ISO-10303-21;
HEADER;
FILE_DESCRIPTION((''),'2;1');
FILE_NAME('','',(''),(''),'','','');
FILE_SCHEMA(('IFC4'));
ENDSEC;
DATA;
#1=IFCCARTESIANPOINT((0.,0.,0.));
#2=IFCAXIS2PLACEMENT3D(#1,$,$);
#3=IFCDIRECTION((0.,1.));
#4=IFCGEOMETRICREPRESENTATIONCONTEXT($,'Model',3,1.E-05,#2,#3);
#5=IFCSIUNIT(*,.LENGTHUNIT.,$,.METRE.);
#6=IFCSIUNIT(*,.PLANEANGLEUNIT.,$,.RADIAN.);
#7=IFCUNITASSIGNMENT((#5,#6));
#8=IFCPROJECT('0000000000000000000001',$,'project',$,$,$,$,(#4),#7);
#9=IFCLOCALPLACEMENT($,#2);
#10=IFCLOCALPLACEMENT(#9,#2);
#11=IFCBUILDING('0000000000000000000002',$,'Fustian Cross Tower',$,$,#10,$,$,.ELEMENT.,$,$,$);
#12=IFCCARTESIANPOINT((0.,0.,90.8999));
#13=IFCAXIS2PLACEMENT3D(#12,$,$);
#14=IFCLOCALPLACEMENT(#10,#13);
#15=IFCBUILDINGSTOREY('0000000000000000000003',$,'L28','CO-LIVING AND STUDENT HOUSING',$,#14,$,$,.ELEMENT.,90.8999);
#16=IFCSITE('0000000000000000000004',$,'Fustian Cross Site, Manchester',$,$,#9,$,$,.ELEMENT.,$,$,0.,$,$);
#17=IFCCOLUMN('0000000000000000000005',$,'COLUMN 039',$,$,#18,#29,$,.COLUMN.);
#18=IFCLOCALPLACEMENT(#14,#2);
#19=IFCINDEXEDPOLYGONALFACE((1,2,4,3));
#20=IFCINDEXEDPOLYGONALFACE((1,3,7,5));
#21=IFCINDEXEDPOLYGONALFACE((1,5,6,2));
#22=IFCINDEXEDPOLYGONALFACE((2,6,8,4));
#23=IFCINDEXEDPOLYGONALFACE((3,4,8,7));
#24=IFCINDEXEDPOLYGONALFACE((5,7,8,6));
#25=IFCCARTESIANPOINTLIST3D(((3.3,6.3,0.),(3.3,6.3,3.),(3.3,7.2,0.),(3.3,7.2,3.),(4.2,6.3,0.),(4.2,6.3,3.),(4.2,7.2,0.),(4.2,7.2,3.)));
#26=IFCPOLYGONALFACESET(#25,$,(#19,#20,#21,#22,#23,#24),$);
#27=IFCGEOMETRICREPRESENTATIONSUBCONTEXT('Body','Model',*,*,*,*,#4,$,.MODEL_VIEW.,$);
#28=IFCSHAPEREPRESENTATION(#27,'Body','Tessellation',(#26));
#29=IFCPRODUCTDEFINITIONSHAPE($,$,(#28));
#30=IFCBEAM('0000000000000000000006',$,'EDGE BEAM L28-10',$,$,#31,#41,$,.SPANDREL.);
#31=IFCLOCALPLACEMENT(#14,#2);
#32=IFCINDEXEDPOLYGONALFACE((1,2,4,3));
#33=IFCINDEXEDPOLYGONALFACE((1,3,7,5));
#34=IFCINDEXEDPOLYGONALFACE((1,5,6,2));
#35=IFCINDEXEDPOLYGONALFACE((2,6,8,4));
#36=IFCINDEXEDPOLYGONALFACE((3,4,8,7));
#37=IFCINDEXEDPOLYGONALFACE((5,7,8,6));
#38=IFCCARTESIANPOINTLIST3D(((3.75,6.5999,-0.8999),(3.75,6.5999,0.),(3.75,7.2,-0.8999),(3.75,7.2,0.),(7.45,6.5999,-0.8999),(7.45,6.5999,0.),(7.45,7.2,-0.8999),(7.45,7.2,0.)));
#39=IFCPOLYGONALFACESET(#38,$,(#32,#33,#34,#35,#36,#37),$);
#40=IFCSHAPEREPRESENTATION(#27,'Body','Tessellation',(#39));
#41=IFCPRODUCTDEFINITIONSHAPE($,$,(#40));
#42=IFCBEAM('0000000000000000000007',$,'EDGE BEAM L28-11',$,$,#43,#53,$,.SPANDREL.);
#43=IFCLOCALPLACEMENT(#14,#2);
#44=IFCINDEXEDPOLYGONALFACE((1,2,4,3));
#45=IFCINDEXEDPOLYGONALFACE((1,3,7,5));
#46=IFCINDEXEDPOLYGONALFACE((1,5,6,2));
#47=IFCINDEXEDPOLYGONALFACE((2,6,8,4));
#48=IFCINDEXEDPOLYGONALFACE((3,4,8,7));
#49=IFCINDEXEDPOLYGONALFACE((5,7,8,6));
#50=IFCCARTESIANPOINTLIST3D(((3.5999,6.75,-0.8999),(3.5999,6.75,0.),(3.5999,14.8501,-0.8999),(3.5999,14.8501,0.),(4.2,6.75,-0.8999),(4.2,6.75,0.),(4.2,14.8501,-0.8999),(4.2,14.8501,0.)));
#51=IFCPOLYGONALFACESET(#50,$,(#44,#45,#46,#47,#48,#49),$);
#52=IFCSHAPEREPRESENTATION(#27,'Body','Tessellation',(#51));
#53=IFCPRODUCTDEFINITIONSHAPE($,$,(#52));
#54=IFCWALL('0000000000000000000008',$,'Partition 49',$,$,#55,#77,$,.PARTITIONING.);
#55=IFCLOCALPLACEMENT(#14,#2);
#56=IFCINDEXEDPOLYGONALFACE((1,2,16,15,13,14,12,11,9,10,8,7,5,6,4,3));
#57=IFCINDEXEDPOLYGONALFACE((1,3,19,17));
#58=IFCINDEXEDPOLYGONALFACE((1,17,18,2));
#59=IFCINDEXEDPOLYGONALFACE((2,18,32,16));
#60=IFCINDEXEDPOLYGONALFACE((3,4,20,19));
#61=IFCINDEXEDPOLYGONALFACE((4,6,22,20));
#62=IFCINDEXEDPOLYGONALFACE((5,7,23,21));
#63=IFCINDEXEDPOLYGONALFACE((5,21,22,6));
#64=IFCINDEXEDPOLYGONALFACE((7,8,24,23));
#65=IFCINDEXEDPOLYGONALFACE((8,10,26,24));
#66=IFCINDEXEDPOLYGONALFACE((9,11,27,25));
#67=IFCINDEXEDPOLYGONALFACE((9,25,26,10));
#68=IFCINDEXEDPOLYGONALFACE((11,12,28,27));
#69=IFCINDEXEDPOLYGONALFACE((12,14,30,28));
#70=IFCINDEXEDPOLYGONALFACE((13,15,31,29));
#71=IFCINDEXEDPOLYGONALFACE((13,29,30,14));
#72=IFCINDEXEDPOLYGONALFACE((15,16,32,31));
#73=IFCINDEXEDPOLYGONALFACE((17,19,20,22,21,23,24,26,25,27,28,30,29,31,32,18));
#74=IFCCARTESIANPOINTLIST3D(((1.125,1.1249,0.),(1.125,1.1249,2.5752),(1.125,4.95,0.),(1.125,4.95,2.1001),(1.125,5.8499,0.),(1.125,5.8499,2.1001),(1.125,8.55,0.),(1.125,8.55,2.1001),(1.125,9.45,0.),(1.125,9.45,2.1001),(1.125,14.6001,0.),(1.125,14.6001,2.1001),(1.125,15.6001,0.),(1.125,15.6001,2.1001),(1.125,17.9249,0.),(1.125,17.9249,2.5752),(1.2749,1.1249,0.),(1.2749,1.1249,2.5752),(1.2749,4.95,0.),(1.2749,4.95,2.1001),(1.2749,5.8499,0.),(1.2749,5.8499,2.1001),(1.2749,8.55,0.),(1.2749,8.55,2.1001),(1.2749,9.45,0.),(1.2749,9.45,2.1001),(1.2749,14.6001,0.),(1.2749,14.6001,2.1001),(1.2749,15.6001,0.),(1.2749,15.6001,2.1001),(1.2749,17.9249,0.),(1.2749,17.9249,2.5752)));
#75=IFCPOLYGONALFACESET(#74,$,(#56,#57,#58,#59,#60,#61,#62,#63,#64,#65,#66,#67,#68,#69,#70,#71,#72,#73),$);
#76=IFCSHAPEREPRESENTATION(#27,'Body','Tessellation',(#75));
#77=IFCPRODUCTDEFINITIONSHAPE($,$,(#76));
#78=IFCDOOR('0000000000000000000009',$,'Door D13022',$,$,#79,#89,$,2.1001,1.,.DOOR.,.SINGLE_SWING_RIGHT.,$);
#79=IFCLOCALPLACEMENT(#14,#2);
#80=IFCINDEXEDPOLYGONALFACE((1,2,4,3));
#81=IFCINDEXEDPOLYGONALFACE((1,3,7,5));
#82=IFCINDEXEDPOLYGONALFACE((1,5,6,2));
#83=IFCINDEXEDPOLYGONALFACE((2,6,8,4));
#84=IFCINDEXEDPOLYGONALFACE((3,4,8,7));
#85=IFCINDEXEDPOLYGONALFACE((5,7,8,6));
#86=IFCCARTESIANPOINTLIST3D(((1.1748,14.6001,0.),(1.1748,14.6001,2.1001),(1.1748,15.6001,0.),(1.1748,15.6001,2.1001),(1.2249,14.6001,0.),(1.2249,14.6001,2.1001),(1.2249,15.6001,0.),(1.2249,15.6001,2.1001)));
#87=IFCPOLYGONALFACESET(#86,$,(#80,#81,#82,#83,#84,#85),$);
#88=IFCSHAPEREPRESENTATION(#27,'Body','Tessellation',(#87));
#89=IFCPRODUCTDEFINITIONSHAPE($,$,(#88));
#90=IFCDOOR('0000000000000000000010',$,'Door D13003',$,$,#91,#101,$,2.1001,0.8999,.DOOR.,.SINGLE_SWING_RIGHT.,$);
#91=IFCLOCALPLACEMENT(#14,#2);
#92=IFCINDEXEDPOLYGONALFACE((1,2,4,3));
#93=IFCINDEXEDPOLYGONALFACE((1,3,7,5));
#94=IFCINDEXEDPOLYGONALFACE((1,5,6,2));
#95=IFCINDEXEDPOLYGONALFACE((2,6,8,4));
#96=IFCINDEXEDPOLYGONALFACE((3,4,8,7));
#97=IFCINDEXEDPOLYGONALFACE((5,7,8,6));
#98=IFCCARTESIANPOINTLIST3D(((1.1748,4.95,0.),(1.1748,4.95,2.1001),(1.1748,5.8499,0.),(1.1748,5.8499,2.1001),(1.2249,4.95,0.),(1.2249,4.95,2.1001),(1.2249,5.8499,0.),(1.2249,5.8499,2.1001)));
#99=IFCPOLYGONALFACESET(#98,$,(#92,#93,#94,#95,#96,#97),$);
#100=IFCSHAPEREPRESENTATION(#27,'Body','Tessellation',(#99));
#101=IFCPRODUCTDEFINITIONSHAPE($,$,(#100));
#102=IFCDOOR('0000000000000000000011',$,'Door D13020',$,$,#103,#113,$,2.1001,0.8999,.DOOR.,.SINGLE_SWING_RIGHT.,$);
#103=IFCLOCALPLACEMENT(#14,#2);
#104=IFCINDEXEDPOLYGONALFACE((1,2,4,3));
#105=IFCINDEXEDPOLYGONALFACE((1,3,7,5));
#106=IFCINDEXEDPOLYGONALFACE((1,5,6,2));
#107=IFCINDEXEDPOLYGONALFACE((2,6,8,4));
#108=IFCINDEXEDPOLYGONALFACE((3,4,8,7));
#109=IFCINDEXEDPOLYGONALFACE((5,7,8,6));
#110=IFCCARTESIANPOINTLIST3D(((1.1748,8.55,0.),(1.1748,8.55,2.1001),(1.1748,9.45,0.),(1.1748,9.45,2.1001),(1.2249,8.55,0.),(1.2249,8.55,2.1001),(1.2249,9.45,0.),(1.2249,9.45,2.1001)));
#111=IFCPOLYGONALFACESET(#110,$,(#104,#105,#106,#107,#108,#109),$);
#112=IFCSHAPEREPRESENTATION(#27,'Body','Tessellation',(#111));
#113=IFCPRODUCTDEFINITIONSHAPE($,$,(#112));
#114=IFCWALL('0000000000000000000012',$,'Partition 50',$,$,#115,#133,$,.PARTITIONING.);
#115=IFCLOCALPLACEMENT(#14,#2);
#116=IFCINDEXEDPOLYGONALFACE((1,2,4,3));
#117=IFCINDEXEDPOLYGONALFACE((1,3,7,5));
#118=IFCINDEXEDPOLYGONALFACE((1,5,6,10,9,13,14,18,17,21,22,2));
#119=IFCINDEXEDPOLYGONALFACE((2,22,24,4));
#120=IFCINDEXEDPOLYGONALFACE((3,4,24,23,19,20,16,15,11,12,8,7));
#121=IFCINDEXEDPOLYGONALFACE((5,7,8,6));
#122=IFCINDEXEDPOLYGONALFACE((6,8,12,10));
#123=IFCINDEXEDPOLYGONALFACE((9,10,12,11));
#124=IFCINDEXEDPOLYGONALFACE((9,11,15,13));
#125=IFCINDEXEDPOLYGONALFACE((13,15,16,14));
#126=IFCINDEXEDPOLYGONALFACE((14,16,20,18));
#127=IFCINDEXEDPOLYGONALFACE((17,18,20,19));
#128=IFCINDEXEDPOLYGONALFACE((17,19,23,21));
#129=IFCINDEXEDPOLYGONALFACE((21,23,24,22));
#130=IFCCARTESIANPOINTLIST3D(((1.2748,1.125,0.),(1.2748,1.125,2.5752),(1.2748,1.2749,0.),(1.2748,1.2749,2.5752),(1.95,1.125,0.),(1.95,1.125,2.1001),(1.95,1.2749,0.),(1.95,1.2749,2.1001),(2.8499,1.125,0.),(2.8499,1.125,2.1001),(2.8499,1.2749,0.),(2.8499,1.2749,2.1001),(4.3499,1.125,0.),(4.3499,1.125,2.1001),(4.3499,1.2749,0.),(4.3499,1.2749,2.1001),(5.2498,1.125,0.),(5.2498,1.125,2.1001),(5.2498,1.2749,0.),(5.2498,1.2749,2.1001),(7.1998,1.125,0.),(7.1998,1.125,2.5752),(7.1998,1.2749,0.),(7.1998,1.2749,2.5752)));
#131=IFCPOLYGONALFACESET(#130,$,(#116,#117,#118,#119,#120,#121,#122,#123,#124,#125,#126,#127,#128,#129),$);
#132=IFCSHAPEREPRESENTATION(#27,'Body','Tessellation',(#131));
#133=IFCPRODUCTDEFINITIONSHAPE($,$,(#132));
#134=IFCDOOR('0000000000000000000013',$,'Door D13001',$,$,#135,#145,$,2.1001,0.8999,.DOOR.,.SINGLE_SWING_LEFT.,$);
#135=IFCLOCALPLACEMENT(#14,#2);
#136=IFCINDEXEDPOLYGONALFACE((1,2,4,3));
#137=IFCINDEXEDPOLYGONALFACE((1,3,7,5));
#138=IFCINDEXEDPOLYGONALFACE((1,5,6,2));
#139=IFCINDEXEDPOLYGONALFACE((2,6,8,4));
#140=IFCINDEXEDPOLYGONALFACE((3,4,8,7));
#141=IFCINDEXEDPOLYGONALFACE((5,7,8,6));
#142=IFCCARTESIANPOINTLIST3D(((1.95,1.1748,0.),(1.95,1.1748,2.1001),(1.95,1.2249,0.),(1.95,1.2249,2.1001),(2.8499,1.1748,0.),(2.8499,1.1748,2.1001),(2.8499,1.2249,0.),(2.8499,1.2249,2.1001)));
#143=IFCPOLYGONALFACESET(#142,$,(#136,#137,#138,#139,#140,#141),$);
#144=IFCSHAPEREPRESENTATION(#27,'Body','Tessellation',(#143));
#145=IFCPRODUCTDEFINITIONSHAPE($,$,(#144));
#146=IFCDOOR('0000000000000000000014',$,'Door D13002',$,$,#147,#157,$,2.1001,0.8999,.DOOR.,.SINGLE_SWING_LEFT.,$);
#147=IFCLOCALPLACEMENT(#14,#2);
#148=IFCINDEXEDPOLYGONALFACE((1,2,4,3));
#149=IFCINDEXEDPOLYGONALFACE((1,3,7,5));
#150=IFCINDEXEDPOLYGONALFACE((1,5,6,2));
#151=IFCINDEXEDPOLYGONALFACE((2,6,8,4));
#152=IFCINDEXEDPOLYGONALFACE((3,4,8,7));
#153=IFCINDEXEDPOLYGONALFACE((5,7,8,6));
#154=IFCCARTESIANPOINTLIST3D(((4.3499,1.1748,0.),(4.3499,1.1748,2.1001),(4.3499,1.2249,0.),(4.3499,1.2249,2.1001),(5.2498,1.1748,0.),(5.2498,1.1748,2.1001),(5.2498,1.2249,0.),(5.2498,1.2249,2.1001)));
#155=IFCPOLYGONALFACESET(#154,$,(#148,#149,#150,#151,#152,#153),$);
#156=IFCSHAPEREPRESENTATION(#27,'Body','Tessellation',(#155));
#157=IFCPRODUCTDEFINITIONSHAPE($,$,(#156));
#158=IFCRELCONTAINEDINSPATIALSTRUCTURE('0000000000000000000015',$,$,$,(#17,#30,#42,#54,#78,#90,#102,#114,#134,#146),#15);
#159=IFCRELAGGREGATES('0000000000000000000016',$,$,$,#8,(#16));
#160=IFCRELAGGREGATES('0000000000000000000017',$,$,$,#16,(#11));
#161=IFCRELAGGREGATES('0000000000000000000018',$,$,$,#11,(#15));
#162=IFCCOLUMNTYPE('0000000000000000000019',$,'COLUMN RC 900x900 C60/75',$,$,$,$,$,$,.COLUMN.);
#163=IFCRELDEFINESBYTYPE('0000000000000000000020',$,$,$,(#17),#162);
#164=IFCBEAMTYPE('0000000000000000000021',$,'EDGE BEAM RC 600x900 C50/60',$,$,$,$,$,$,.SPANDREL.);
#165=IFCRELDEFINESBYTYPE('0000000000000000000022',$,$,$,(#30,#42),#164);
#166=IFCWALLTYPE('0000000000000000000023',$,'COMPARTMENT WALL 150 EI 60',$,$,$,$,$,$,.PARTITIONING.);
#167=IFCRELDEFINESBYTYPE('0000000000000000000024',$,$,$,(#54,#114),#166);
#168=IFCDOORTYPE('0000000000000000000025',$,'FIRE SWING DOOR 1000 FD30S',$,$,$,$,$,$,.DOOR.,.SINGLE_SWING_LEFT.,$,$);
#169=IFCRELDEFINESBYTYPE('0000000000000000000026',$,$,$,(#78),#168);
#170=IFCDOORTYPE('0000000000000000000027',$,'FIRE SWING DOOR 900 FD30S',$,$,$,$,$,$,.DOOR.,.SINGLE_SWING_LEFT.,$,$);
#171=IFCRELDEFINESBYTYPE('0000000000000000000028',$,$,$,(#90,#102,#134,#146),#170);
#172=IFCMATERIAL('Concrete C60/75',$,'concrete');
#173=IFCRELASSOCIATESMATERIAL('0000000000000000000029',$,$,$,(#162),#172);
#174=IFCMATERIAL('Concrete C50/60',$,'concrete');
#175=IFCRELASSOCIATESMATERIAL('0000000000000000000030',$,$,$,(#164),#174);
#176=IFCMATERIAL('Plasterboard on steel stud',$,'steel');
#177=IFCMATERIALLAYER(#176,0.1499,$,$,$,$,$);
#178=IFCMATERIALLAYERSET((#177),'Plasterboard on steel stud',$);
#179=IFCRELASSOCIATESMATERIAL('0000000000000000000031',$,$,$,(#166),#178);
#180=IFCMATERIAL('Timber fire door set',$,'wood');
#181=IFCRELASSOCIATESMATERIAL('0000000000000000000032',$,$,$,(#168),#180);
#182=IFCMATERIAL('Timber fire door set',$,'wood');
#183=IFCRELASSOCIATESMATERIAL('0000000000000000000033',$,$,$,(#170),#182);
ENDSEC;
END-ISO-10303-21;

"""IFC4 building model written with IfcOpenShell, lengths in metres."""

from ifc_helpers import new_model, si_unit, direction, frame, frame_2d, origin, origin_2d, place, context, subcontext, project, spatial, rectangle, extrude, material, layer, layer_set, material_profile, profile_set, type_object, element, fill, save


model = new_model("IFC4")

# Units and contexts
model_context = context("Model", 3, precision=1e-05, world=origin(), true_north=direction((0.0, 1.0)))
body_context = subcontext(model_context, "Body", "Model", "MODEL_VIEW")
ifc_project = project(units=[si_unit("LENGTHUNIT", "METRE"), si_unit("PLANEANGLEUNIT", "RADIAN")], contexts=[model_context])

# Site, building, storey
site_placement = place(None, origin())
site = spatial("IfcSite", under=ifc_project, at=site_placement, Name="Fustian Cross Site, Manchester", CompositionType="ELEMENT", RefElevation=0.0)
building_placement = place(site_placement, origin())
building = spatial("IfcBuilding", under=site, at=building_placement, Name="Fustian Cross Tower", CompositionType="ELEMENT")
storey_placement = place(building_placement, frame((0.0, 0.0, 90.8999)))
storey = spatial("IfcBuildingStorey", under=building, at=storey_placement, Name="L28", Description="CO-LIVING AND STUDENT HOUSING", CompositionType="ELEMENT", Elevation=90.8999)

# Column
ifc_material_1 = material(Name="Concrete C60/75", Category="concrete")
ifc_material_profile_1 = material_profile(ifc_material_1, rectangle(XDim=0.8999, YDim=0.8999, at=origin_2d()), Name="RC 900x900")
ifc_profile_set_1 = profile_set([ifc_material_profile_1], Name="Concrete C60/75")
column_type = type_object("IfcColumnType", Name="COLUMN RC 900x900 C60/75", PredefinedType="COLUMN", material=ifc_profile_set_1)
column_placement = place(storey_placement, frame((3.75, 6.75, 0.0), z_axis=(0.0, 0.0, 1.0), x_axis=(1.0, 0.0, 0.0)))
element("IfcColumn", 1, at=column_placement, inside=storey, type_object=column_type, Name="COLUMN 039", PredefinedType="COLUMN", context=body_context, shape_type="SweptSolid", body=[
    extrude(rectangle(XDim=0.8999, YDim=0.8999, at=origin_2d()), origin(), (0.0, 0.0, 1.0), 3.0),
])

# Beams
ifc_material_2 = material(Name="Concrete C50/60", Category="concrete")
ifc_material_profile_2 = material_profile(ifc_material_2, rectangle(XDim=0.6001, YDim=0.8999, at=origin_2d()), Name="RC 600x900")
ifc_profile_set_2 = profile_set([ifc_material_profile_2], Name="Concrete C50/60")
beam_type = type_object("IfcBeamType", Name="EDGE BEAM RC 600x900 C50/60", PredefinedType="SPANDREL", material=ifc_profile_set_2)
beam_1_placement = place(storey_placement, frame((7.45, 6.8999, -0.45), z_axis=(-1.0, 0.0, 0.0), x_axis=(0.0, -1.0, 0.0)))
element("IfcBeam", 2, at=beam_1_placement, inside=storey, type_object=beam_type, Name="EDGE BEAM L28-10", PredefinedType="SPANDREL", context=body_context, shape_type="SweptSolid", body=[
    extrude(rectangle(XDim=0.6001, YDim=0.8999, at=origin_2d()), origin(), (0.0, 0.0, 1.0), 3.7),
])
beam_2_placement = place(storey_placement, frame((3.8999, 6.75, -0.45), z_axis=(0.0, 1.0, 0.0), x_axis=(-1.0, 0.0, 0.0)))
element("IfcBeam", 3, at=beam_2_placement, inside=storey, type_object=beam_type, Name="EDGE BEAM L28-11", PredefinedType="SPANDREL", context=body_context, shape_type="SweptSolid", body=[
    extrude(rectangle(XDim=0.6001, YDim=0.8999, at=origin_2d()), origin(), (0.0, 0.0, 1.0), 8.1001),
])

# Walls, openings, doors
ifc_material_3 = material(Name="Plasterboard on steel stud", Category="steel")
ifc_layer_1 = layer(ifc_material_3, 0.1499)
ifc_layer_set_1 = layer_set([ifc_layer_1], Name="Plasterboard on steel stud")
wall_type_1 = type_object("IfcWallType", Name="COMPARTMENT WALL 150 EI 60", PredefinedType="PARTITIONING", material=ifc_layer_set_1)
wall_1_placement = place(storey_placement, frame((1.2, 1.125, 0.0), z_axis=(0.0, 0.0, 1.0), x_axis=(0.0, 1.0, 0.0)))
wall_1 = element("IfcWall", 4, at=wall_1_placement, inside=storey, type_object=wall_type_1, Name="Partition 49", PredefinedType="PARTITIONING", context=body_context, shape_type="SweptSolid", body=[
    extrude(rectangle(XDim=16.8, YDim=0.1499, at=frame_2d((8.3999, 0.0))), origin(), (0.0, 0.0, 1.0), 2.5752),
])
opening_1_placement = place(wall_1_placement, frame((3.825, 0.0, 0.0)))
opening_1 = element("IfcOpeningElement", 5, at=opening_1_placement, cuts=wall_1, PredefinedType="OPENING", context=body_context, shape_type="SweptSolid", body=[
    extrude(rectangle(XDim=0.8999, YDim=2.1001, at=frame_2d((0.45, 1.05))), frame((0.0, 0.085, 0.0), z_axis=(0.0, -1.0, 0.0), x_axis=(1.0, 0.0, 0.0)), (0.0, 0.0, 1.0), 0.1699),
])
opening_2_placement = place(wall_1_placement, frame((7.425, 0.0, 0.0)))
opening_2 = element("IfcOpeningElement", 6, at=opening_2_placement, cuts=wall_1, PredefinedType="OPENING", context=body_context, shape_type="SweptSolid", body=[
    extrude(rectangle(XDim=0.8999, YDim=2.1001, at=frame_2d((0.45, 1.05))), frame((0.0, 0.085, 0.0), z_axis=(0.0, -1.0, 0.0), x_axis=(1.0, 0.0, 0.0)), (0.0, 0.0, 1.0), 0.1699),
])
opening_3_placement = place(wall_1_placement, frame((13.4751, 0.0, 0.0)))
opening_3 = element("IfcOpeningElement", 7, at=opening_3_placement, cuts=wall_1, PredefinedType="OPENING", context=body_context, shape_type="SweptSolid", body=[
    extrude(rectangle(XDim=1.0, YDim=2.1001, at=frame_2d((0.5, 1.05))), frame((0.0, 0.085, 0.0), z_axis=(0.0, -1.0, 0.0), x_axis=(1.0, 0.0, 0.0)), (0.0, 0.0, 1.0), 0.1699),
])
ifc_material_4 = material(Name="Timber fire door set", Category="wood")
door_type_1 = type_object("IfcDoorType", Name="FIRE SWING DOOR 1000 FD30S", OperationType="SINGLE_SWING_LEFT", PredefinedType="DOOR", material=ifc_material_4)
door_1_placement = place(opening_3_placement, frame((1.0, 0.0, 0.0), z_axis=(0.0, 0.0, 1.0), x_axis=(-1.0, 0.0, 0.0)))
door_1 = element("IfcDoor", 8, at=door_1_placement, inside=storey, type_object=door_type_1, Name="Door D13022", OperationType="SINGLE_SWING_RIGHT", OverallHeight=2.1001, OverallWidth=1.0, PredefinedType="DOOR", context=body_context, shape_type="SweptSolid", body=[
    extrude(rectangle(XDim=1.0, YDim=2.1001, at=frame_2d((0.5, 1.05))), frame((0.0, 0.0249, 0.0), z_axis=(0.0, -1.0, 0.0), x_axis=(1.0, 0.0, 0.0)), (0.0, 0.0, 1.0), 0.05),
])
fill(opening_3, door_1)
ifc_material_5 = material(Name="Timber fire door set", Category="wood")
door_type_2 = type_object("IfcDoorType", Name="FIRE SWING DOOR 900 FD30S", OperationType="SINGLE_SWING_LEFT", PredefinedType="DOOR", material=ifc_material_5)
door_2_placement = place(opening_1_placement, frame((0.8999, 0.0, 0.0), z_axis=(0.0, 0.0, 1.0), x_axis=(-1.0, 0.0, 0.0)))
door_2 = element("IfcDoor", 9, at=door_2_placement, inside=storey, type_object=door_type_2, Name="Door D13003", OperationType="SINGLE_SWING_RIGHT", OverallHeight=2.1001, OverallWidth=0.8999, PredefinedType="DOOR", context=body_context, shape_type="SweptSolid", body=[
    extrude(rectangle(XDim=0.8999, YDim=2.1001, at=frame_2d((0.45, 1.05))), frame((0.0, 0.0249, 0.0), z_axis=(0.0, -1.0, 0.0), x_axis=(1.0, 0.0, 0.0)), (0.0, 0.0, 1.0), 0.05),
])
fill(opening_1, door_2)
door_3_placement = place(opening_2_placement, frame((0.8999, 0.0, 0.0), z_axis=(0.0, 0.0, 1.0), x_axis=(-1.0, 0.0, 0.0)))
door_3 = element("IfcDoor", 10, at=door_3_placement, inside=storey, type_object=door_type_2, Name="Door D13020", OperationType="SINGLE_SWING_RIGHT", OverallHeight=2.1001, OverallWidth=0.8999, PredefinedType="DOOR", context=body_context, shape_type="SweptSolid", body=[
    extrude(rectangle(XDim=0.8999, YDim=2.1001, at=frame_2d((0.45, 1.05))), frame((0.0, 0.0249, 0.0), z_axis=(0.0, -1.0, 0.0), x_axis=(1.0, 0.0, 0.0)), (0.0, 0.0, 1.0), 0.05),
])
fill(opening_2, door_3)
wall_2_placement = place(storey_placement, frame((1.2749, 1.2, 0.0), z_axis=(0.0, 0.0, 1.0), x_axis=(1.0, 0.0, 0.0)))
wall_2 = element("IfcWall", 11, at=wall_2_placement, inside=storey, type_object=wall_type_1, Name="Partition 50", PredefinedType="PARTITIONING", context=body_context, shape_type="SweptSolid", body=[
    extrude(rectangle(XDim=5.925, YDim=0.1499, at=frame_2d((2.9624, 0.0))), origin(), (0.0, 0.0, 1.0), 2.5752),
])
opening_4_placement = place(wall_2_placement, frame((0.675, 0.0, 0.0)))
opening_4 = element("IfcOpeningElement", 12, at=opening_4_placement, cuts=wall_2, PredefinedType="OPENING", context=body_context, shape_type="SweptSolid", body=[
    extrude(rectangle(XDim=0.8999, YDim=2.1001, at=frame_2d((0.45, 1.05))), frame((0.0, 0.085, 0.0), z_axis=(0.0, -1.0, 0.0), x_axis=(1.0, 0.0, 0.0)), (0.0, 0.0, 1.0), 0.1699),
])
opening_5_placement = place(wall_2_placement, frame((3.075, 0.0, 0.0)))
opening_5 = element("IfcOpeningElement", 13, at=opening_5_placement, cuts=wall_2, PredefinedType="OPENING", context=body_context, shape_type="SweptSolid", body=[
    extrude(rectangle(XDim=0.8999, YDim=2.1001, at=frame_2d((0.45, 1.05))), frame((0.0, 0.085, 0.0), z_axis=(0.0, -1.0, 0.0), x_axis=(1.0, 0.0, 0.0)), (0.0, 0.0, 1.0), 0.1699),
])
door_4_placement = place(opening_4_placement, origin())
door_4 = element("IfcDoor", 14, at=door_4_placement, inside=storey, type_object=door_type_2, Name="Door D13001", OperationType="SINGLE_SWING_LEFT", OverallHeight=2.1001, OverallWidth=0.8999, PredefinedType="DOOR", context=body_context, shape_type="SweptSolid", body=[
    extrude(rectangle(XDim=0.8999, YDim=2.1001, at=frame_2d((0.45, 1.05))), frame((0.0, 0.0249, 0.0), z_axis=(0.0, -1.0, 0.0), x_axis=(1.0, 0.0, 0.0)), (0.0, 0.0, 1.0), 0.05),
])
fill(opening_4, door_4)
door_5_placement = place(opening_5_placement, origin())
door_5 = element("IfcDoor", 15, at=door_5_placement, inside=storey, type_object=door_type_2, Name="Door D13002", OperationType="SINGLE_SWING_LEFT", OverallHeight=2.1001, OverallWidth=0.8999, PredefinedType="DOOR", context=body_context, shape_type="SweptSolid", body=[
    extrude(rectangle(XDim=0.8999, YDim=2.1001, at=frame_2d((0.45, 1.05))), frame((0.0, 0.0249, 0.0), z_axis=(0.0, -1.0, 0.0), x_axis=(1.0, 0.0, 0.0)), (0.0, 0.0, 1.0), 0.05),
])
fill(opening_5, door_5)

save(model, "model.ifc")
